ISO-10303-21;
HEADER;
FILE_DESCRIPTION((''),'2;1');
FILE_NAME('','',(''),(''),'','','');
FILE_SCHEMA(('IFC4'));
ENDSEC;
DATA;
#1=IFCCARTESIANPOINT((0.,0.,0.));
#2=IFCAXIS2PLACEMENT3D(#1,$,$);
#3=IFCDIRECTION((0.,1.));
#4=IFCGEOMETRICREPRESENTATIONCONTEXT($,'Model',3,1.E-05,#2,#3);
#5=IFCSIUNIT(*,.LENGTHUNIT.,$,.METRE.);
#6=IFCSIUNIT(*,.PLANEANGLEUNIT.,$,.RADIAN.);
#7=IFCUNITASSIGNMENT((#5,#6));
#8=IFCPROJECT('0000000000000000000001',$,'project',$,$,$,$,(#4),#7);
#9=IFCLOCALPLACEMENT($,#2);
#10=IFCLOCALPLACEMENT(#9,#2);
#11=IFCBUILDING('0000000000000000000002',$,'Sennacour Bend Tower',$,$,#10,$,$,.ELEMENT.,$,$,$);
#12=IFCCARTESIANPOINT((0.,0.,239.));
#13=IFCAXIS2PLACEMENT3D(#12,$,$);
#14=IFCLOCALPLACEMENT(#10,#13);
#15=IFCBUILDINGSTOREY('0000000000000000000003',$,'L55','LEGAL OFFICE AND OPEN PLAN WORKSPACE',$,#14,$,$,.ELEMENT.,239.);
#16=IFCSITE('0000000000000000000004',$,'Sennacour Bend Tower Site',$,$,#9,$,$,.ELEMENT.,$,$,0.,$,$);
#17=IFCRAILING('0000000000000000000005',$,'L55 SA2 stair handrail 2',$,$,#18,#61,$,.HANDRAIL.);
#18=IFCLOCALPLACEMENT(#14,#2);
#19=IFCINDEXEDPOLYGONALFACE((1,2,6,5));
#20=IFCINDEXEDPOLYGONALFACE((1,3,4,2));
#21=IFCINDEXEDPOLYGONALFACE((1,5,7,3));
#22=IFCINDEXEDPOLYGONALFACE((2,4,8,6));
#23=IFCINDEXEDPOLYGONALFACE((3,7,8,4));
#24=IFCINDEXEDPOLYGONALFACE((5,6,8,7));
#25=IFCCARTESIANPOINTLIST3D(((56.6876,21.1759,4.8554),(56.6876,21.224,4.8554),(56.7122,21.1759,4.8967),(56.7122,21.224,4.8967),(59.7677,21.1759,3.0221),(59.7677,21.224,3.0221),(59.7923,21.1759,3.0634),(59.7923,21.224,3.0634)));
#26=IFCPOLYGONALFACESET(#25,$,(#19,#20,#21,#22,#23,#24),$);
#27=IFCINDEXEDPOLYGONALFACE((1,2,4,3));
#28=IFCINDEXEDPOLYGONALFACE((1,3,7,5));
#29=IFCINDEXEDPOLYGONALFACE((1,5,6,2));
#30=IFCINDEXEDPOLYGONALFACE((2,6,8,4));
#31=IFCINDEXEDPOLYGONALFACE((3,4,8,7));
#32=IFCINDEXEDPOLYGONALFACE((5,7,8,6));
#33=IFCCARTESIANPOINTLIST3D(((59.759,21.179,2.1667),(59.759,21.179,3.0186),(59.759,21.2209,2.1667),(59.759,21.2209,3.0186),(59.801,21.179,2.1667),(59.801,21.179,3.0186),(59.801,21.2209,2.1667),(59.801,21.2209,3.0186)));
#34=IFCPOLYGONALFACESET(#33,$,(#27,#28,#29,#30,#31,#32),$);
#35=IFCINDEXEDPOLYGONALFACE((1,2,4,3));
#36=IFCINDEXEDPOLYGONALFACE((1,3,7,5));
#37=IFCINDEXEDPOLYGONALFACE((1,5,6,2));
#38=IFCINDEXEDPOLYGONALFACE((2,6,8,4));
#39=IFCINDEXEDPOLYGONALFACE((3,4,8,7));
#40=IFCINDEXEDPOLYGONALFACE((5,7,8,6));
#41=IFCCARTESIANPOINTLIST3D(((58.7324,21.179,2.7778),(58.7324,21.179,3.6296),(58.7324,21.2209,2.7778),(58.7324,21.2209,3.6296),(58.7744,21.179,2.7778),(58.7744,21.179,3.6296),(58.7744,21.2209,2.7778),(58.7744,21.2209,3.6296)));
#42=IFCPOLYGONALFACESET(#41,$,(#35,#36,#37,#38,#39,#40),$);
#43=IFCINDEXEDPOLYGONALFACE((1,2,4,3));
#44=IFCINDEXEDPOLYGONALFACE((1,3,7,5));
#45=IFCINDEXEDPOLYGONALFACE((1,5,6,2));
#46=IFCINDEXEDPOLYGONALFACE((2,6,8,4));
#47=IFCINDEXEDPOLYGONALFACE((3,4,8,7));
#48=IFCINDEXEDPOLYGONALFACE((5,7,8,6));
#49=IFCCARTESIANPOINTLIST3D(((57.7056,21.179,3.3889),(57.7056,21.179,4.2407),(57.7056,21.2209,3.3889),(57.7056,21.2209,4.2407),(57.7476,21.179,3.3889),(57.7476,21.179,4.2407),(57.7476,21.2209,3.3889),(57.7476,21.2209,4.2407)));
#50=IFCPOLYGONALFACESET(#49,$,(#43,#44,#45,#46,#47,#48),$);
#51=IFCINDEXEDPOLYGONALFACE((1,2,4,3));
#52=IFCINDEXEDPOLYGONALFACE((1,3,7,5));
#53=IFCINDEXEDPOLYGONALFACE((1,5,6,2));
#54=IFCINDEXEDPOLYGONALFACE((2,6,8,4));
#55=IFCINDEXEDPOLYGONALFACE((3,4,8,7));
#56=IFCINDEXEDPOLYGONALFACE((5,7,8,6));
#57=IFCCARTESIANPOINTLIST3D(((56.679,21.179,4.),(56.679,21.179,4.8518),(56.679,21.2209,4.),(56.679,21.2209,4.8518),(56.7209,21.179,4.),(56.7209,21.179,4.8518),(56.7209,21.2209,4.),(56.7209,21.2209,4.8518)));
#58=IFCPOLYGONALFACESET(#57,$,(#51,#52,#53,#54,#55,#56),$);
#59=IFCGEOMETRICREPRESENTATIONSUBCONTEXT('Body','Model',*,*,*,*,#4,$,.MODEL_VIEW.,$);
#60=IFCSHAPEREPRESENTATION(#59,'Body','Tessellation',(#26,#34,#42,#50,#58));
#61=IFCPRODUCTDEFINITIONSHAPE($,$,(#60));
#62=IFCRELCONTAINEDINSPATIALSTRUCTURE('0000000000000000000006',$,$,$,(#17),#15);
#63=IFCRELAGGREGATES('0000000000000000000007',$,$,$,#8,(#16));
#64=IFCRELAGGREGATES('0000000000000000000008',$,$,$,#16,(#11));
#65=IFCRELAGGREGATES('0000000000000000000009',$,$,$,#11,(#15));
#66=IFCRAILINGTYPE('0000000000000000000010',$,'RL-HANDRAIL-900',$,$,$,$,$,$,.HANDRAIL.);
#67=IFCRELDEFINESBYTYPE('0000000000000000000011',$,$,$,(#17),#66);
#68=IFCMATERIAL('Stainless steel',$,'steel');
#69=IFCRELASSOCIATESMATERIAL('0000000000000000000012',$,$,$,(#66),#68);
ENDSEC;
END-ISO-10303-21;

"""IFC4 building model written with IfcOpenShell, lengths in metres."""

from ifc_helpers import new_model, si_unit, direction, frame, origin, origin_2d, place, context, subcontext, project, spatial, rectangle, extrude, material, type_object, element, save


model = new_model("IFC4")

# Units and contexts
model_context = context("Model", 3, precision=1e-05, world=origin(), true_north=direction((0.0, 1.0)))
body_context = subcontext(model_context, "Body", "Model", "MODEL_VIEW")
ifc_project = project(units=[si_unit("LENGTHUNIT", "METRE"), si_unit("PLANEANGLEUNIT", "RADIAN")], contexts=[model_context])

# Site, building, storey
site_placement = place(None, origin())
site = spatial("IfcSite", under=ifc_project, at=site_placement, Name="Sennacour Bend Tower Site", CompositionType="ELEMENT", RefElevation=0.0)
building_placement = place(site_placement, origin())
building = spatial("IfcBuilding", under=site, at=building_placement, Name="Sennacour Bend Tower", CompositionType="ELEMENT")
storey_placement = place(building_placement, frame((0.0, 0.0, 239.0)))
storey = spatial("IfcBuildingStorey", under=building, at=storey_placement, Name="L55", Description="LEGAL OFFICE AND OPEN PLAN WORKSPACE", CompositionType="ELEMENT", Elevation=239.0)

# Shared definitions
ifc_material_1 = material(Name="Stainless steel", Category="steel")

# Railing
railing_type_1 = type_object("IfcRailingType", Name="RL-HANDRAIL-900", PredefinedType="HANDRAIL", material=ifc_material_1)
railing_1_placement = place(storey_placement, frame((59.78, 21.2, 2.1667)))
element("IfcRailing", 1, at=railing_1_placement, inside=storey, type_object=railing_type_1, Name="L55 SA2 stair handrail 2", PredefinedType="HANDRAIL", context=body_context, shape_type="SweptSolid", body=[
    extrude(rectangle(XDim=0.0481, YDim=0.0481, at=origin_2d()), frame((0.0, 0.0, 0.876), z_axis=(-0.859309, 0.0, 0.511458), x_axis=(0.0, -1.0, 0.0)), (0.0, 0.0, 1.0), 3.5845),
    extrude(rectangle(XDim=0.042, YDim=0.042, at=origin_2d()), origin(), (0.0, 0.0, 1.0), 0.8518),
    extrude(rectangle(XDim=0.042, YDim=0.042, at=origin_2d()), frame((-1.0266, 0.0, 0.6111)), (0.0, 0.0, 1.0), 0.8518),
    extrude(rectangle(XDim=0.042, YDim=0.042, at=origin_2d()), frame((-2.0535, 0.0, 1.2222)), (0.0, 0.0, 1.0), 0.8518),
    extrude(rectangle(XDim=0.042, YDim=0.042, at=origin_2d()), frame((-3.0801, 0.0, 1.8333)), (0.0, 0.0, 1.0), 0.8518),
])

save(model, "model.ifc")
